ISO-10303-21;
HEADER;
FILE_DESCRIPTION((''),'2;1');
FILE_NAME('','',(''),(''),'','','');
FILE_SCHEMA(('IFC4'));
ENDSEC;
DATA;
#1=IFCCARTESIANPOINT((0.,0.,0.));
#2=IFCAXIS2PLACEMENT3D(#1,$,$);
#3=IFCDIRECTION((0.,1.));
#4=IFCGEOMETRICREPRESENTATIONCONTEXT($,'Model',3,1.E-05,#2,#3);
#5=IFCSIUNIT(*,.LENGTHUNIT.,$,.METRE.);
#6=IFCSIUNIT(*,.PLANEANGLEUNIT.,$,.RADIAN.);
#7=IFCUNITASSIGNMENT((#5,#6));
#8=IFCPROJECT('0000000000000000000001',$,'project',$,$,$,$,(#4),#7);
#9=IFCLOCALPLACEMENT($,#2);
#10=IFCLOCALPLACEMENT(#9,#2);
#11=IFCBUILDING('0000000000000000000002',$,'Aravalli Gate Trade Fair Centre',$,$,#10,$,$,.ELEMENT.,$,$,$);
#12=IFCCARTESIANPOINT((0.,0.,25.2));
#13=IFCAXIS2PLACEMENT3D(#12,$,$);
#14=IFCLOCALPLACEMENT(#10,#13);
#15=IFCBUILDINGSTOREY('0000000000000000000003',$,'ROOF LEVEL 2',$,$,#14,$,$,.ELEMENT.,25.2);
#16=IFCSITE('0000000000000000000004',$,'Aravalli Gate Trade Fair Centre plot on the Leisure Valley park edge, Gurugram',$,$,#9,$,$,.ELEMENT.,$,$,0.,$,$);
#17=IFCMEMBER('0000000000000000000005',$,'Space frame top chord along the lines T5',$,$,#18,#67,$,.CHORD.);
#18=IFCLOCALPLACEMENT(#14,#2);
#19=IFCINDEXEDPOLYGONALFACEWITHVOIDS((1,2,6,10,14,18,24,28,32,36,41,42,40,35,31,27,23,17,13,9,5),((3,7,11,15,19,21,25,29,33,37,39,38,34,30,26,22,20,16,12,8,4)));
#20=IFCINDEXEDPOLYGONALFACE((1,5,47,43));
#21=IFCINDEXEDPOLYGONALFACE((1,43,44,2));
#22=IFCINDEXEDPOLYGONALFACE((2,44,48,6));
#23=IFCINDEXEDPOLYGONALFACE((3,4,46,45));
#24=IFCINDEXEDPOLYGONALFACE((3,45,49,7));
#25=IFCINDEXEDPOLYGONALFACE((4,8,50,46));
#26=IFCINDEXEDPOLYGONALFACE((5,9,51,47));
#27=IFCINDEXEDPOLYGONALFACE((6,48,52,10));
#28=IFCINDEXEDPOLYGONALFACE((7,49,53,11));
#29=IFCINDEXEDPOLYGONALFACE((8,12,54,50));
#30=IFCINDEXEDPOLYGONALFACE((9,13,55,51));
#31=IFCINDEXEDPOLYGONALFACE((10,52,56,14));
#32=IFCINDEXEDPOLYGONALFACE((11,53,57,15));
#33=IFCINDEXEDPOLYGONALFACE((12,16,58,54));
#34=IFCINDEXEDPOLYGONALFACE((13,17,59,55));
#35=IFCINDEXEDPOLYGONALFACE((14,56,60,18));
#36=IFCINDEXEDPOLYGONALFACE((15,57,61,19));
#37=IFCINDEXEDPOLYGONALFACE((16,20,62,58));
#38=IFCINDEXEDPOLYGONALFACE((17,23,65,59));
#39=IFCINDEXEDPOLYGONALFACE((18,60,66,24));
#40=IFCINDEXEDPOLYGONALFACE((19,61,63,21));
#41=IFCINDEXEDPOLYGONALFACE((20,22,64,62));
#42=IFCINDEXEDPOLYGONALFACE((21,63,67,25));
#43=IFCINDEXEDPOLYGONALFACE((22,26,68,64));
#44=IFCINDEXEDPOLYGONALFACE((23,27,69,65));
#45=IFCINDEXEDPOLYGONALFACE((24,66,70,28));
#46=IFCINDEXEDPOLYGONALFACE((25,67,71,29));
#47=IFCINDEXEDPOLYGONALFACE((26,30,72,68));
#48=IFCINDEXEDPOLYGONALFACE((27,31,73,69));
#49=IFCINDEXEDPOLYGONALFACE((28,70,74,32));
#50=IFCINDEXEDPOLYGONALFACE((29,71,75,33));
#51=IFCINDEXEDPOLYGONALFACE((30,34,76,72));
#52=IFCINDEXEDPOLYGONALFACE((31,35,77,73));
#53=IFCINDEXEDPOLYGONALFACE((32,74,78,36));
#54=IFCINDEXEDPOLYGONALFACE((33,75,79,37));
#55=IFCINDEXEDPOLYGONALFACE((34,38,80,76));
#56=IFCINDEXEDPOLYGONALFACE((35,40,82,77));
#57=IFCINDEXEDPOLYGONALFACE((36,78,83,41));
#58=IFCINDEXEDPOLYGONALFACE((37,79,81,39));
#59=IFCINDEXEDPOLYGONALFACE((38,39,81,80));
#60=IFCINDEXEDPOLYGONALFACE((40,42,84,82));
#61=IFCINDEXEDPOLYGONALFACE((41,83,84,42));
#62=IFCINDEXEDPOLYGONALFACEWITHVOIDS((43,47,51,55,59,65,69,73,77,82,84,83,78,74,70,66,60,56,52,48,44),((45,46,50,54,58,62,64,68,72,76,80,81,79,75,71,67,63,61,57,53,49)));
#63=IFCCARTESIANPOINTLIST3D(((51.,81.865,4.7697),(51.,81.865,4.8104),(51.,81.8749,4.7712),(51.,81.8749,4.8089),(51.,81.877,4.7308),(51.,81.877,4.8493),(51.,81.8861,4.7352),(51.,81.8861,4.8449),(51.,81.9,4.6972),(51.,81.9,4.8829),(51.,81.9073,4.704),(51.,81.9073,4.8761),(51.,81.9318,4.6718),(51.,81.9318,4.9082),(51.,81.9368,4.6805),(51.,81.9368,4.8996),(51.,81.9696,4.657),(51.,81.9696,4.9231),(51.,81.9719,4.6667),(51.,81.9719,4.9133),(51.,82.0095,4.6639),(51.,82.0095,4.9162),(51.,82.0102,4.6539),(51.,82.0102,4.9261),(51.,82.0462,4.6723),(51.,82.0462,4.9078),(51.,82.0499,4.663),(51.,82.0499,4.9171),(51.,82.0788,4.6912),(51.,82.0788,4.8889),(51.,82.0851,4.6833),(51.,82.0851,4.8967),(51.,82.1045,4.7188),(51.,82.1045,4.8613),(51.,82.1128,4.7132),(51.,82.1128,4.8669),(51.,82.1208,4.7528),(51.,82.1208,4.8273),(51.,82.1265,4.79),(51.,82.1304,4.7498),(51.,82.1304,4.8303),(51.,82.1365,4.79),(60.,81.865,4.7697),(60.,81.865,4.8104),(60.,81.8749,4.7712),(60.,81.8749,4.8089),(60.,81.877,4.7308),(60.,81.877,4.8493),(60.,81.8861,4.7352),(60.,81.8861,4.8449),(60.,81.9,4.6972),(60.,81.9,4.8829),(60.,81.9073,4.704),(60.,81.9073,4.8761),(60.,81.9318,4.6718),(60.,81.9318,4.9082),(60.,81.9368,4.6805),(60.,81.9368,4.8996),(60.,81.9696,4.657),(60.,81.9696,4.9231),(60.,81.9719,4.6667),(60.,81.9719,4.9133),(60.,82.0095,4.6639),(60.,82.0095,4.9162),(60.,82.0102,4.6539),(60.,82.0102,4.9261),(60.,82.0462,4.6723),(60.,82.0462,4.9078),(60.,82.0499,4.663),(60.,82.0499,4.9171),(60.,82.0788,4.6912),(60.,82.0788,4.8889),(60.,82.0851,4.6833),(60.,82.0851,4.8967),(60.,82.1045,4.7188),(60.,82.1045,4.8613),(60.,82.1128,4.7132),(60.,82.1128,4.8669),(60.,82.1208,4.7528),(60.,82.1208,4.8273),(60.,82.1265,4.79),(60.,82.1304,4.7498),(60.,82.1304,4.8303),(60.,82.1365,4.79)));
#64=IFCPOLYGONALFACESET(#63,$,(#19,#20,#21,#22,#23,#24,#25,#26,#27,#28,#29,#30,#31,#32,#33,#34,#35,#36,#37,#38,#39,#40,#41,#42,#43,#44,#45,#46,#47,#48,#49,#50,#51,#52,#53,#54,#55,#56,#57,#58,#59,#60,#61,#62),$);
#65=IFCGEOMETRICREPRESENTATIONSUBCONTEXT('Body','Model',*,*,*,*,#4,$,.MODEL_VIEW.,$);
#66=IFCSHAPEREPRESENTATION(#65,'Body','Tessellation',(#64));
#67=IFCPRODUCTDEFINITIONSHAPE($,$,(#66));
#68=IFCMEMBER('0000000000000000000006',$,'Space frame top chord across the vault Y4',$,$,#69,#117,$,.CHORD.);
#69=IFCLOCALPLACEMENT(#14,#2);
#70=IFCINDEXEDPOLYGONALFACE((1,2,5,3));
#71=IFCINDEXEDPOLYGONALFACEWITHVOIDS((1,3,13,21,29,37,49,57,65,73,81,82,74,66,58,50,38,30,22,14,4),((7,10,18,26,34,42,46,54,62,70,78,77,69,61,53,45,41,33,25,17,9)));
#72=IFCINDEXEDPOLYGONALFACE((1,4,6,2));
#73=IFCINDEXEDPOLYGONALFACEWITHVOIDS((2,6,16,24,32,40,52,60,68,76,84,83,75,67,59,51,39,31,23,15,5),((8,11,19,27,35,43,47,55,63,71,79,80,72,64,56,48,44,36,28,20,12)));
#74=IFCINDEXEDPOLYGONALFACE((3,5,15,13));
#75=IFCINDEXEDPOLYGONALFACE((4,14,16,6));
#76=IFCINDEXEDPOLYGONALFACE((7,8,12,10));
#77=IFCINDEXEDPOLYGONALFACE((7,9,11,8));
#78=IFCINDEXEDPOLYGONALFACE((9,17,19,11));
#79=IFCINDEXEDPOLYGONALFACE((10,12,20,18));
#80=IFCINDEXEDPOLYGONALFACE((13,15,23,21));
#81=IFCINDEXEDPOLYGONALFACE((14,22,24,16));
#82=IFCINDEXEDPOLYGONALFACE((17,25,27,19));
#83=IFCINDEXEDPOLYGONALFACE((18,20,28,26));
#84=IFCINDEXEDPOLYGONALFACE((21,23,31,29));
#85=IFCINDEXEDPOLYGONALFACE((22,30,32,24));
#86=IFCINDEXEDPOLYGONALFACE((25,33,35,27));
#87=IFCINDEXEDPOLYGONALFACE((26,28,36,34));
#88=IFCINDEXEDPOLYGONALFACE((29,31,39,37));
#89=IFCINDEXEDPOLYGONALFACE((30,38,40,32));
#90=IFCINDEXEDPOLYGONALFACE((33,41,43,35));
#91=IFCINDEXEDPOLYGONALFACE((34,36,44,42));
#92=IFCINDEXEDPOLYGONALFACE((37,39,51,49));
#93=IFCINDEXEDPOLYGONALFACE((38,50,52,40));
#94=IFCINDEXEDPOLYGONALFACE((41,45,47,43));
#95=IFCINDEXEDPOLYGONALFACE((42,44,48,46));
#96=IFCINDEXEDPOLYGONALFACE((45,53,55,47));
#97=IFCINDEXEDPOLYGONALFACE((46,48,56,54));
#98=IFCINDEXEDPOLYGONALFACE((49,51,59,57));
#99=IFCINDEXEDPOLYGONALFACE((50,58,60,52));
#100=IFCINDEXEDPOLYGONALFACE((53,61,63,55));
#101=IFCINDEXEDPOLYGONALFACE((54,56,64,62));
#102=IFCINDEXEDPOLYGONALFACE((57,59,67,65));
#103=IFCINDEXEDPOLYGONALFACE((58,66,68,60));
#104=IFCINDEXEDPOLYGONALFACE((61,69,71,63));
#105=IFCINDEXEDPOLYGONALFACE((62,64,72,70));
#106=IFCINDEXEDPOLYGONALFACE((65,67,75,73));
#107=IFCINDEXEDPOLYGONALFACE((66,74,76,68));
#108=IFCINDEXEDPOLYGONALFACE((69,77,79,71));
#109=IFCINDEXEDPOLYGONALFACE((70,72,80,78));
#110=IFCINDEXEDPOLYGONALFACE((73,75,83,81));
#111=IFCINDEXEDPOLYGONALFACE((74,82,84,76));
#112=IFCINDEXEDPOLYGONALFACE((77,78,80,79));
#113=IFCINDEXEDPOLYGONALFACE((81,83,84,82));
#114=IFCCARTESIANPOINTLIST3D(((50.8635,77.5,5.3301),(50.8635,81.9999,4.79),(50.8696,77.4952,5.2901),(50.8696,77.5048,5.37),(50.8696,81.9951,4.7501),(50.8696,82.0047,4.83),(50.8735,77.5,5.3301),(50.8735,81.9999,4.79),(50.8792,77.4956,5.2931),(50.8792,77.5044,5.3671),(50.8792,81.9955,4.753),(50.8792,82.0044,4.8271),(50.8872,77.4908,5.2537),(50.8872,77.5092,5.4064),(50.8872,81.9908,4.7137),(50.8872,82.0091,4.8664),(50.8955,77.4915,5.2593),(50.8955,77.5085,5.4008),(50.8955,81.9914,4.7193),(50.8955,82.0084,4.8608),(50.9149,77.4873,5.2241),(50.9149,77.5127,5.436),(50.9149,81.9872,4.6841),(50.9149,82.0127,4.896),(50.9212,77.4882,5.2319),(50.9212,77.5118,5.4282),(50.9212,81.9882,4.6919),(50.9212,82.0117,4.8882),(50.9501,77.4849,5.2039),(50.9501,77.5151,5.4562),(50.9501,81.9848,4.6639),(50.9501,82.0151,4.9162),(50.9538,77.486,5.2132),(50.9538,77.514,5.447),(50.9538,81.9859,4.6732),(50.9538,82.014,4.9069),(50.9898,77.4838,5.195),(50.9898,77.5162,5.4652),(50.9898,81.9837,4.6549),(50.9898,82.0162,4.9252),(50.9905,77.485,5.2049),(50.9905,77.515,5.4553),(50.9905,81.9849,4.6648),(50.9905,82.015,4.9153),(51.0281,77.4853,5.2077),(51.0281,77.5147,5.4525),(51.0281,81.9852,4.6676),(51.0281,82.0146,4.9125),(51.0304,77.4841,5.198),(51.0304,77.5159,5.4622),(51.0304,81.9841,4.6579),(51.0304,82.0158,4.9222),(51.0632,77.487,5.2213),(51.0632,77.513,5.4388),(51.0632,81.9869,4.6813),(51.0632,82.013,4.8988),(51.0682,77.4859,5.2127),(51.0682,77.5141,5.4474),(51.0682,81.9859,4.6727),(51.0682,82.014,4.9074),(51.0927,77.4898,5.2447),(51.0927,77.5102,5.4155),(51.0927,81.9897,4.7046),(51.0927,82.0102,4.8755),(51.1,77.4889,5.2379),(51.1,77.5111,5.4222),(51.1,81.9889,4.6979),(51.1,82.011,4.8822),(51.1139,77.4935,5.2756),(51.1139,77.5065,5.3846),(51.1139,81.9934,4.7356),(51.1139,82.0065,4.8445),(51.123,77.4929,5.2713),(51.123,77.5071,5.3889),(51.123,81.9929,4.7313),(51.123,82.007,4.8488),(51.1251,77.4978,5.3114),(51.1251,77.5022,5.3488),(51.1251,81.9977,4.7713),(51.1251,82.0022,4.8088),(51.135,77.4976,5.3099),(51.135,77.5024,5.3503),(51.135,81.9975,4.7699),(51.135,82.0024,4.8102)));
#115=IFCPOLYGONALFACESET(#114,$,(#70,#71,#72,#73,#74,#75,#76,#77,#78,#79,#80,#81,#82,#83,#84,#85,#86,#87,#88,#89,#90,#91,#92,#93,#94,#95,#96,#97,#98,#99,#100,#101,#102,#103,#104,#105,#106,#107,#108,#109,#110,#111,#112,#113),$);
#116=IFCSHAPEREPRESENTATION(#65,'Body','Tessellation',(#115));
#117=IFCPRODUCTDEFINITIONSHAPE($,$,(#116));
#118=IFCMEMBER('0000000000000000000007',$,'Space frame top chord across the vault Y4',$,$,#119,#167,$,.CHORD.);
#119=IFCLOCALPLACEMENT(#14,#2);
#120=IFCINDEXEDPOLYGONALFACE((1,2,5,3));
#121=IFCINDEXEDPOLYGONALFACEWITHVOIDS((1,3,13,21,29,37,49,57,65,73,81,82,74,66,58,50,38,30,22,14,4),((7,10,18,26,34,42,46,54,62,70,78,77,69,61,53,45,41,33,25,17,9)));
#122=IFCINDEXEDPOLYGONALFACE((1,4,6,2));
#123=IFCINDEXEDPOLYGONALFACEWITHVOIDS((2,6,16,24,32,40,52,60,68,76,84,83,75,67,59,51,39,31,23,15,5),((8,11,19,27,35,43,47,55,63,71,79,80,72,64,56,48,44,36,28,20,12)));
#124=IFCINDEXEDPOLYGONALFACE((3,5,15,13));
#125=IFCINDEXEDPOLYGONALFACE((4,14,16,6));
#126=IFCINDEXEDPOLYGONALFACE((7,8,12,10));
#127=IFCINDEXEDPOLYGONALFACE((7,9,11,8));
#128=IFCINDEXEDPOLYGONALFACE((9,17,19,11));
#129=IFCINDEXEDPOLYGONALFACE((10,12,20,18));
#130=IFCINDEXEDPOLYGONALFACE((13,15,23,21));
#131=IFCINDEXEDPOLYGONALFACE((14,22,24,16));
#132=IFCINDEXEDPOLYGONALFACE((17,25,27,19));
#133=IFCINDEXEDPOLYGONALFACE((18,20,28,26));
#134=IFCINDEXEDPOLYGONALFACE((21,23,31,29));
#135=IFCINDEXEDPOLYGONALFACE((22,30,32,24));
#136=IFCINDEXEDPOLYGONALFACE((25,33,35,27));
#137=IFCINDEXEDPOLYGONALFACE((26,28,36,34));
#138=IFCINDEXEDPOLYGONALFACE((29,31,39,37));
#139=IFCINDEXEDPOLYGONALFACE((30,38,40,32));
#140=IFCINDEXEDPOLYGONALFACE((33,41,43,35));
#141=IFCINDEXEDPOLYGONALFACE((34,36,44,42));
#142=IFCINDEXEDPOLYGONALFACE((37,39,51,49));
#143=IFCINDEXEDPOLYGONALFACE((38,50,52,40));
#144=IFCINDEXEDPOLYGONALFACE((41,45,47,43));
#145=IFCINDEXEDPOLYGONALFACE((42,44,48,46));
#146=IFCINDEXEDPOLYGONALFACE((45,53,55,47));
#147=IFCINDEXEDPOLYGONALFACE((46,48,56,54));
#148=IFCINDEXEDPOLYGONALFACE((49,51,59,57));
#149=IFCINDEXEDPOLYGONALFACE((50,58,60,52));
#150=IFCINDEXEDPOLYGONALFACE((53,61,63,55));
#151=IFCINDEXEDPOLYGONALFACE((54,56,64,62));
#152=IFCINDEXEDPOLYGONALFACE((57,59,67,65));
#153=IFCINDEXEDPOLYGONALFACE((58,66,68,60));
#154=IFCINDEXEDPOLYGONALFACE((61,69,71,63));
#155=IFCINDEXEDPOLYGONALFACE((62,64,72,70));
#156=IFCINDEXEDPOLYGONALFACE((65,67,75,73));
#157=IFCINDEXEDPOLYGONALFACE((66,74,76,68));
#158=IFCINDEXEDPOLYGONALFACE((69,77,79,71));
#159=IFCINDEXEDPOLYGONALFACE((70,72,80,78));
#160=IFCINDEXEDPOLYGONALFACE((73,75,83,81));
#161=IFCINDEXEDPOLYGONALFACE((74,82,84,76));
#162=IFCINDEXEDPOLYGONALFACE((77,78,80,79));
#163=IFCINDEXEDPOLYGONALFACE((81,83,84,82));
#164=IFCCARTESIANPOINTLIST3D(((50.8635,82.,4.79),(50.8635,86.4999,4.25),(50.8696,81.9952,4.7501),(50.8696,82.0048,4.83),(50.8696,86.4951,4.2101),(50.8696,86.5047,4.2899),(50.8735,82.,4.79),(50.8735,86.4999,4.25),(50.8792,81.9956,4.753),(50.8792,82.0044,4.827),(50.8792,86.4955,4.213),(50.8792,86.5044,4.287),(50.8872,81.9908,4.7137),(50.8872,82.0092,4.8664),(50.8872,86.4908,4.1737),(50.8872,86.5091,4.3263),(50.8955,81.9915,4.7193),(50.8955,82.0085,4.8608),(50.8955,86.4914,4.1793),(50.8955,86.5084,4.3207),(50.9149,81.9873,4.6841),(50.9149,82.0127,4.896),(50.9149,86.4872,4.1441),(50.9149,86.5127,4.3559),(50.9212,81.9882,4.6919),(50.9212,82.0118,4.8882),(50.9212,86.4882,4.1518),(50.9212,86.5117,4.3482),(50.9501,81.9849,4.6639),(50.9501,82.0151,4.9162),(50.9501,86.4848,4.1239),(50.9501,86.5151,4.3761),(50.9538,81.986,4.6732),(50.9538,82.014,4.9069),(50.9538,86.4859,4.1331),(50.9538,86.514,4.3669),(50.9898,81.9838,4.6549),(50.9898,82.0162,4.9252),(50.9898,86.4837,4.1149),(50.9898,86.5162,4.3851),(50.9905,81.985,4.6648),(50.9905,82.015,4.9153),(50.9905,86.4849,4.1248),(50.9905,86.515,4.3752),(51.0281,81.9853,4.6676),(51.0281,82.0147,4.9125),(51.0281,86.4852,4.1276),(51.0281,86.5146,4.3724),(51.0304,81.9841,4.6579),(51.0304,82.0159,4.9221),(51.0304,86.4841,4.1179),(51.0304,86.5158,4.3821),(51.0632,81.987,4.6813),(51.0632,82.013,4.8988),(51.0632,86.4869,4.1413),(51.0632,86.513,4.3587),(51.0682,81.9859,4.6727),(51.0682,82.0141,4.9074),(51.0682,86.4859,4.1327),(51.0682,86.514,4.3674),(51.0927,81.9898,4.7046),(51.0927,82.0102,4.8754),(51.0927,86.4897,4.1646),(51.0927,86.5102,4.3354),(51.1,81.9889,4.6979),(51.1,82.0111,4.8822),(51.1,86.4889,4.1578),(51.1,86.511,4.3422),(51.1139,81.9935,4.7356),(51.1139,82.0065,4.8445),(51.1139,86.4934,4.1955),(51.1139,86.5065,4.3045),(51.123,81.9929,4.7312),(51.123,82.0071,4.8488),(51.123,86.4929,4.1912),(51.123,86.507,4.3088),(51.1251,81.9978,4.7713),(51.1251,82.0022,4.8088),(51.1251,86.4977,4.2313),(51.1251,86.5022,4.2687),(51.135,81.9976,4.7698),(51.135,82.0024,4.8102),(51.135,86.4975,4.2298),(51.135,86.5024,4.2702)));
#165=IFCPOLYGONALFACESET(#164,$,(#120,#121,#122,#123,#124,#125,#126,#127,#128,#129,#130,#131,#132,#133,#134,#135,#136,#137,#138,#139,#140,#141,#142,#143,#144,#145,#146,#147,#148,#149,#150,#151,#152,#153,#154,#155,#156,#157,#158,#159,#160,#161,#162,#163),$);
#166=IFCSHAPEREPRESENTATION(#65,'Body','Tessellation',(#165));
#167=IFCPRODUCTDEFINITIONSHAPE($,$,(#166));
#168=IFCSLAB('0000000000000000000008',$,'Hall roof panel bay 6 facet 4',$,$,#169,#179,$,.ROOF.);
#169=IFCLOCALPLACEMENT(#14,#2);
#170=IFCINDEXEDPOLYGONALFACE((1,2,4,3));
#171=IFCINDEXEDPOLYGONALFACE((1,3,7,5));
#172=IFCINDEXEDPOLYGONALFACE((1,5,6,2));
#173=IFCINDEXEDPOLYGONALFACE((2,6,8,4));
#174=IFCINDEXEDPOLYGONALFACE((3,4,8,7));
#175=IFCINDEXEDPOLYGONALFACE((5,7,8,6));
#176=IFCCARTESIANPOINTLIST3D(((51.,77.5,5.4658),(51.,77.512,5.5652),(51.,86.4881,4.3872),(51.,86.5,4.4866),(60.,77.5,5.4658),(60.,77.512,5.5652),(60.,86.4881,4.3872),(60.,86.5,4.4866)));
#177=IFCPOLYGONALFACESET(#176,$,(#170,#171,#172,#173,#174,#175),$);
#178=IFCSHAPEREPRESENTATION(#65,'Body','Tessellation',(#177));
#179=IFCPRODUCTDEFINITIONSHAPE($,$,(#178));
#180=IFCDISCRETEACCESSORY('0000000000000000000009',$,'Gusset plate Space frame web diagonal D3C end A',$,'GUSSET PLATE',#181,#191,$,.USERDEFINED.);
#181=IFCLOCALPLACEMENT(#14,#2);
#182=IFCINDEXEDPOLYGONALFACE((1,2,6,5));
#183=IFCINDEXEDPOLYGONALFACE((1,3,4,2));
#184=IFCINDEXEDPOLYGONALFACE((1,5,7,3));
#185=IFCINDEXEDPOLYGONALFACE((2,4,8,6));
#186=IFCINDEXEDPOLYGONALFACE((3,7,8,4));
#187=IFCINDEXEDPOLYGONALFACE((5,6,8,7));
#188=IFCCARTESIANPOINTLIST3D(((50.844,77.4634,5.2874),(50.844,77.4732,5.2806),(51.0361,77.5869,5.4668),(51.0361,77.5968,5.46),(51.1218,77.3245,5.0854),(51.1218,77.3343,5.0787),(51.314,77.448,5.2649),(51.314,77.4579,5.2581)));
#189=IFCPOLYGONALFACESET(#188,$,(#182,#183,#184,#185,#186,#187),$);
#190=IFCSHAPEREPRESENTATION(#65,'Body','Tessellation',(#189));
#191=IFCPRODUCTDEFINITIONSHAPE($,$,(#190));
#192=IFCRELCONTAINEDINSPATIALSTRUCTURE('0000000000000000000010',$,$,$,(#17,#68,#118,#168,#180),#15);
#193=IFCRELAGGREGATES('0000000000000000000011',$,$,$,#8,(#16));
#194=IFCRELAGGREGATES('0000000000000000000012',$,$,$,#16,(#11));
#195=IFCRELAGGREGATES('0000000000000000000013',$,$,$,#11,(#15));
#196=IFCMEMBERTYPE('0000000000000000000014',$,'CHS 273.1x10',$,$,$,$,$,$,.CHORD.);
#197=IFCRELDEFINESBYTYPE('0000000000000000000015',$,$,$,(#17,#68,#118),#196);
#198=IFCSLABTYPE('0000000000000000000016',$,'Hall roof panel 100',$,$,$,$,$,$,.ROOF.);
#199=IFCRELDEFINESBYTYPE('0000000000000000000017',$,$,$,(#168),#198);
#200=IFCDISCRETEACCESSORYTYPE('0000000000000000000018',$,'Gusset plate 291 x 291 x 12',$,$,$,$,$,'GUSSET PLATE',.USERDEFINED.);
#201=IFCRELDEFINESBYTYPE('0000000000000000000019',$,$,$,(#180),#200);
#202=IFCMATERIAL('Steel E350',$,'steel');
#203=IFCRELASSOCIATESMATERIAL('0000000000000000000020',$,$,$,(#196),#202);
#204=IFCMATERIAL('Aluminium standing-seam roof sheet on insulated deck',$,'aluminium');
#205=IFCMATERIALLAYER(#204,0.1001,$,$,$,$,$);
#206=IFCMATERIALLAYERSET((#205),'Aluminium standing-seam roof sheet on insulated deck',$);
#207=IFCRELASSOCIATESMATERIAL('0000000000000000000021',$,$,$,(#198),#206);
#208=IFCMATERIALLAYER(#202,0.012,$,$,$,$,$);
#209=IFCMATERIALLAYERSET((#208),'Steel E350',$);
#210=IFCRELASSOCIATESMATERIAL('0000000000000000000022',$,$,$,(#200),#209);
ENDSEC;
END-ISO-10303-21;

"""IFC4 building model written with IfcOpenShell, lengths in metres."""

from ifc_helpers import new_model, si_unit, direction, frame, origin, origin_2d, place, context, subcontext, project, spatial, polyline, hollow_circle, outline, extrude, material, layer, layer_set, material_profile, profile_set, type_object, element, save


model = new_model("IFC4")

# Units and contexts
model_context = context("Model", 3, precision=1e-05, world=origin(), true_north=direction((0.0, 1.0)))
body_context = subcontext(model_context, "Body", "Model", "MODEL_VIEW")
ifc_project = project(units=[si_unit("LENGTHUNIT", "METRE"), si_unit("PLANEANGLEUNIT", "RADIAN")], contexts=[model_context])

# Site, building, storey
site_placement = place(None, origin())
site = spatial("IfcSite", under=ifc_project, at=site_placement, Name="Aravalli Gate Trade Fair Centre plot on the Leisure Valley park edge, Gurugram", CompositionType="ELEMENT", RefElevation=0.0)
building_placement = place(site_placement, origin())
building = spatial("IfcBuilding", under=site, at=building_placement, Name="Aravalli Gate Trade Fair Centre", CompositionType="ELEMENT")
storey_placement = place(building_placement, frame((0.0, 0.0, 25.2)))
storey = spatial("IfcBuildingStorey", under=building, at=storey_placement, Name="ROOF LEVEL 2", CompositionType="ELEMENT", Elevation=25.2)

# Members
ifc_material_1 = material(Name="Steel E350", Category="steel")
ifc_material_profile_1 = material_profile(ifc_material_1, hollow_circle(Radius=0.1365, WallThickness=0.01, at=origin_2d()), Name="CHS 273.1x10")
ifc_profile_set_1 = profile_set([ifc_material_profile_1], Name="Steel E350")
member_type_1 = type_object("IfcMemberType", Name="CHS 273.1x10", PredefinedType="CHORD", material=ifc_profile_set_1)
for number, where, z_axis, x_axis, name in (
    (1, (51.0, 82.0, 4.79), (1.0, 0.0, 0.0), (0.0, 1.0, 0.0), "Space frame top chord along the lines T5"),
):
    element("IfcMember", number, at=place(storey_placement, frame(where, z_axis=z_axis, x_axis=x_axis)), inside=storey, type_object=member_type_1, Name=name, PredefinedType="CHORD", context=body_context, shape_type="SweptSolid", body=[
        extrude(hollow_circle(Radius=0.1365, WallThickness=0.01, at=origin_2d()), origin(), (0.0, 0.0, 1.0), 9.0),
    ])
for number, where, z_axis, x_axis, name in (
    (2, (51.0, 77.5, 5.3301), (0.0, 0.992876, -0.119154), (-1.0, 0.0, 0.0), "Space frame top chord across the vault Y4"),
    (3, (51.0, 82.0, 4.79), (0.0, 0.992876, -0.119154), (-1.0, 0.0, 0.0), "Space frame top chord across the vault Y4"),
):
    element("IfcMember", number, at=place(storey_placement, frame(where, z_axis=z_axis, x_axis=x_axis)), inside=storey, type_object=member_type_1, Name=name, PredefinedType="CHORD", context=body_context, shape_type="SweptSolid", body=[
        extrude(hollow_circle(Radius=0.1365, WallThickness=0.01, at=origin_2d()), origin(), (0.0, 0.0, 1.0), 4.5322),
    ])

# Slab
ifc_material_2 = material(Name="Aluminium standing-seam roof sheet on insulated deck", Category="aluminium")
ifc_layer_1 = layer(ifc_material_2, 0.1001)
ifc_layer_set_1 = layer_set([ifc_layer_1], Name="Aluminium standing-seam roof sheet on insulated deck")
slab_type = type_object("IfcSlabType", Name="Hall roof panel 100", PredefinedType="ROOF", material=ifc_layer_set_1)
slab_placement = place(storey_placement, frame((51.0, 77.512, 5.5652), z_axis=(0.0, 0.119151, 0.992876), x_axis=(1.0, 0.0, 0.0)))
element("IfcSlab", 4, at=slab_placement, inside=storey, type_object=slab_type, Name="Hall roof panel bay 6 facet 4", PredefinedType="ROOF", context=body_context, shape_type="SweptSolid", body=[
    extrude(outline(polyline([(0.0, 0.0), (9.0, 0.0), (9.0, 9.0525), (0.0, 9.0525), (0.0, 0.0)])), origin(), (0.0, 0.0, -1.0), 0.1001),
])

# Discrete accessory
ifc_layer_2 = layer(ifc_material_1, 0.012)
ifc_layer_set_2 = layer_set([ifc_layer_2], Name="Steel E350")
discrete_accessory_type = type_object("IfcDiscreteAccessoryType", Name="Gusset plate 291 x 291 x 12", ElementType="GUSSET PLATE", PredefinedType="USERDEFINED", material=ifc_layer_set_2)
discrete_accessory_1_placement = place(storey_placement, frame((51.1218, 77.3245, 5.0854), z_axis=(0.000137, -0.82375, 0.566952), x_axis=(-0.749929, 0.374965, 0.544984)))
element("IfcDiscreteAccessory", 5, at=discrete_accessory_1_placement, inside=storey, type_object=discrete_accessory_type, Name="Gusset plate Space frame web diagonal D3C end A", ObjectType="GUSSET PLATE", PredefinedType="USERDEFINED", context=body_context, shape_type="SweptSolid", body=[
    extrude(outline(polyline([(0.0, 0.0), (0.3705, 0.0), (0.3705, -0.2905), (0.0, -0.2905), (0.0, 0.0)])), origin(), (0.0, 0.0, -1.0), 0.012),
])

save(model, "model.ifc")
